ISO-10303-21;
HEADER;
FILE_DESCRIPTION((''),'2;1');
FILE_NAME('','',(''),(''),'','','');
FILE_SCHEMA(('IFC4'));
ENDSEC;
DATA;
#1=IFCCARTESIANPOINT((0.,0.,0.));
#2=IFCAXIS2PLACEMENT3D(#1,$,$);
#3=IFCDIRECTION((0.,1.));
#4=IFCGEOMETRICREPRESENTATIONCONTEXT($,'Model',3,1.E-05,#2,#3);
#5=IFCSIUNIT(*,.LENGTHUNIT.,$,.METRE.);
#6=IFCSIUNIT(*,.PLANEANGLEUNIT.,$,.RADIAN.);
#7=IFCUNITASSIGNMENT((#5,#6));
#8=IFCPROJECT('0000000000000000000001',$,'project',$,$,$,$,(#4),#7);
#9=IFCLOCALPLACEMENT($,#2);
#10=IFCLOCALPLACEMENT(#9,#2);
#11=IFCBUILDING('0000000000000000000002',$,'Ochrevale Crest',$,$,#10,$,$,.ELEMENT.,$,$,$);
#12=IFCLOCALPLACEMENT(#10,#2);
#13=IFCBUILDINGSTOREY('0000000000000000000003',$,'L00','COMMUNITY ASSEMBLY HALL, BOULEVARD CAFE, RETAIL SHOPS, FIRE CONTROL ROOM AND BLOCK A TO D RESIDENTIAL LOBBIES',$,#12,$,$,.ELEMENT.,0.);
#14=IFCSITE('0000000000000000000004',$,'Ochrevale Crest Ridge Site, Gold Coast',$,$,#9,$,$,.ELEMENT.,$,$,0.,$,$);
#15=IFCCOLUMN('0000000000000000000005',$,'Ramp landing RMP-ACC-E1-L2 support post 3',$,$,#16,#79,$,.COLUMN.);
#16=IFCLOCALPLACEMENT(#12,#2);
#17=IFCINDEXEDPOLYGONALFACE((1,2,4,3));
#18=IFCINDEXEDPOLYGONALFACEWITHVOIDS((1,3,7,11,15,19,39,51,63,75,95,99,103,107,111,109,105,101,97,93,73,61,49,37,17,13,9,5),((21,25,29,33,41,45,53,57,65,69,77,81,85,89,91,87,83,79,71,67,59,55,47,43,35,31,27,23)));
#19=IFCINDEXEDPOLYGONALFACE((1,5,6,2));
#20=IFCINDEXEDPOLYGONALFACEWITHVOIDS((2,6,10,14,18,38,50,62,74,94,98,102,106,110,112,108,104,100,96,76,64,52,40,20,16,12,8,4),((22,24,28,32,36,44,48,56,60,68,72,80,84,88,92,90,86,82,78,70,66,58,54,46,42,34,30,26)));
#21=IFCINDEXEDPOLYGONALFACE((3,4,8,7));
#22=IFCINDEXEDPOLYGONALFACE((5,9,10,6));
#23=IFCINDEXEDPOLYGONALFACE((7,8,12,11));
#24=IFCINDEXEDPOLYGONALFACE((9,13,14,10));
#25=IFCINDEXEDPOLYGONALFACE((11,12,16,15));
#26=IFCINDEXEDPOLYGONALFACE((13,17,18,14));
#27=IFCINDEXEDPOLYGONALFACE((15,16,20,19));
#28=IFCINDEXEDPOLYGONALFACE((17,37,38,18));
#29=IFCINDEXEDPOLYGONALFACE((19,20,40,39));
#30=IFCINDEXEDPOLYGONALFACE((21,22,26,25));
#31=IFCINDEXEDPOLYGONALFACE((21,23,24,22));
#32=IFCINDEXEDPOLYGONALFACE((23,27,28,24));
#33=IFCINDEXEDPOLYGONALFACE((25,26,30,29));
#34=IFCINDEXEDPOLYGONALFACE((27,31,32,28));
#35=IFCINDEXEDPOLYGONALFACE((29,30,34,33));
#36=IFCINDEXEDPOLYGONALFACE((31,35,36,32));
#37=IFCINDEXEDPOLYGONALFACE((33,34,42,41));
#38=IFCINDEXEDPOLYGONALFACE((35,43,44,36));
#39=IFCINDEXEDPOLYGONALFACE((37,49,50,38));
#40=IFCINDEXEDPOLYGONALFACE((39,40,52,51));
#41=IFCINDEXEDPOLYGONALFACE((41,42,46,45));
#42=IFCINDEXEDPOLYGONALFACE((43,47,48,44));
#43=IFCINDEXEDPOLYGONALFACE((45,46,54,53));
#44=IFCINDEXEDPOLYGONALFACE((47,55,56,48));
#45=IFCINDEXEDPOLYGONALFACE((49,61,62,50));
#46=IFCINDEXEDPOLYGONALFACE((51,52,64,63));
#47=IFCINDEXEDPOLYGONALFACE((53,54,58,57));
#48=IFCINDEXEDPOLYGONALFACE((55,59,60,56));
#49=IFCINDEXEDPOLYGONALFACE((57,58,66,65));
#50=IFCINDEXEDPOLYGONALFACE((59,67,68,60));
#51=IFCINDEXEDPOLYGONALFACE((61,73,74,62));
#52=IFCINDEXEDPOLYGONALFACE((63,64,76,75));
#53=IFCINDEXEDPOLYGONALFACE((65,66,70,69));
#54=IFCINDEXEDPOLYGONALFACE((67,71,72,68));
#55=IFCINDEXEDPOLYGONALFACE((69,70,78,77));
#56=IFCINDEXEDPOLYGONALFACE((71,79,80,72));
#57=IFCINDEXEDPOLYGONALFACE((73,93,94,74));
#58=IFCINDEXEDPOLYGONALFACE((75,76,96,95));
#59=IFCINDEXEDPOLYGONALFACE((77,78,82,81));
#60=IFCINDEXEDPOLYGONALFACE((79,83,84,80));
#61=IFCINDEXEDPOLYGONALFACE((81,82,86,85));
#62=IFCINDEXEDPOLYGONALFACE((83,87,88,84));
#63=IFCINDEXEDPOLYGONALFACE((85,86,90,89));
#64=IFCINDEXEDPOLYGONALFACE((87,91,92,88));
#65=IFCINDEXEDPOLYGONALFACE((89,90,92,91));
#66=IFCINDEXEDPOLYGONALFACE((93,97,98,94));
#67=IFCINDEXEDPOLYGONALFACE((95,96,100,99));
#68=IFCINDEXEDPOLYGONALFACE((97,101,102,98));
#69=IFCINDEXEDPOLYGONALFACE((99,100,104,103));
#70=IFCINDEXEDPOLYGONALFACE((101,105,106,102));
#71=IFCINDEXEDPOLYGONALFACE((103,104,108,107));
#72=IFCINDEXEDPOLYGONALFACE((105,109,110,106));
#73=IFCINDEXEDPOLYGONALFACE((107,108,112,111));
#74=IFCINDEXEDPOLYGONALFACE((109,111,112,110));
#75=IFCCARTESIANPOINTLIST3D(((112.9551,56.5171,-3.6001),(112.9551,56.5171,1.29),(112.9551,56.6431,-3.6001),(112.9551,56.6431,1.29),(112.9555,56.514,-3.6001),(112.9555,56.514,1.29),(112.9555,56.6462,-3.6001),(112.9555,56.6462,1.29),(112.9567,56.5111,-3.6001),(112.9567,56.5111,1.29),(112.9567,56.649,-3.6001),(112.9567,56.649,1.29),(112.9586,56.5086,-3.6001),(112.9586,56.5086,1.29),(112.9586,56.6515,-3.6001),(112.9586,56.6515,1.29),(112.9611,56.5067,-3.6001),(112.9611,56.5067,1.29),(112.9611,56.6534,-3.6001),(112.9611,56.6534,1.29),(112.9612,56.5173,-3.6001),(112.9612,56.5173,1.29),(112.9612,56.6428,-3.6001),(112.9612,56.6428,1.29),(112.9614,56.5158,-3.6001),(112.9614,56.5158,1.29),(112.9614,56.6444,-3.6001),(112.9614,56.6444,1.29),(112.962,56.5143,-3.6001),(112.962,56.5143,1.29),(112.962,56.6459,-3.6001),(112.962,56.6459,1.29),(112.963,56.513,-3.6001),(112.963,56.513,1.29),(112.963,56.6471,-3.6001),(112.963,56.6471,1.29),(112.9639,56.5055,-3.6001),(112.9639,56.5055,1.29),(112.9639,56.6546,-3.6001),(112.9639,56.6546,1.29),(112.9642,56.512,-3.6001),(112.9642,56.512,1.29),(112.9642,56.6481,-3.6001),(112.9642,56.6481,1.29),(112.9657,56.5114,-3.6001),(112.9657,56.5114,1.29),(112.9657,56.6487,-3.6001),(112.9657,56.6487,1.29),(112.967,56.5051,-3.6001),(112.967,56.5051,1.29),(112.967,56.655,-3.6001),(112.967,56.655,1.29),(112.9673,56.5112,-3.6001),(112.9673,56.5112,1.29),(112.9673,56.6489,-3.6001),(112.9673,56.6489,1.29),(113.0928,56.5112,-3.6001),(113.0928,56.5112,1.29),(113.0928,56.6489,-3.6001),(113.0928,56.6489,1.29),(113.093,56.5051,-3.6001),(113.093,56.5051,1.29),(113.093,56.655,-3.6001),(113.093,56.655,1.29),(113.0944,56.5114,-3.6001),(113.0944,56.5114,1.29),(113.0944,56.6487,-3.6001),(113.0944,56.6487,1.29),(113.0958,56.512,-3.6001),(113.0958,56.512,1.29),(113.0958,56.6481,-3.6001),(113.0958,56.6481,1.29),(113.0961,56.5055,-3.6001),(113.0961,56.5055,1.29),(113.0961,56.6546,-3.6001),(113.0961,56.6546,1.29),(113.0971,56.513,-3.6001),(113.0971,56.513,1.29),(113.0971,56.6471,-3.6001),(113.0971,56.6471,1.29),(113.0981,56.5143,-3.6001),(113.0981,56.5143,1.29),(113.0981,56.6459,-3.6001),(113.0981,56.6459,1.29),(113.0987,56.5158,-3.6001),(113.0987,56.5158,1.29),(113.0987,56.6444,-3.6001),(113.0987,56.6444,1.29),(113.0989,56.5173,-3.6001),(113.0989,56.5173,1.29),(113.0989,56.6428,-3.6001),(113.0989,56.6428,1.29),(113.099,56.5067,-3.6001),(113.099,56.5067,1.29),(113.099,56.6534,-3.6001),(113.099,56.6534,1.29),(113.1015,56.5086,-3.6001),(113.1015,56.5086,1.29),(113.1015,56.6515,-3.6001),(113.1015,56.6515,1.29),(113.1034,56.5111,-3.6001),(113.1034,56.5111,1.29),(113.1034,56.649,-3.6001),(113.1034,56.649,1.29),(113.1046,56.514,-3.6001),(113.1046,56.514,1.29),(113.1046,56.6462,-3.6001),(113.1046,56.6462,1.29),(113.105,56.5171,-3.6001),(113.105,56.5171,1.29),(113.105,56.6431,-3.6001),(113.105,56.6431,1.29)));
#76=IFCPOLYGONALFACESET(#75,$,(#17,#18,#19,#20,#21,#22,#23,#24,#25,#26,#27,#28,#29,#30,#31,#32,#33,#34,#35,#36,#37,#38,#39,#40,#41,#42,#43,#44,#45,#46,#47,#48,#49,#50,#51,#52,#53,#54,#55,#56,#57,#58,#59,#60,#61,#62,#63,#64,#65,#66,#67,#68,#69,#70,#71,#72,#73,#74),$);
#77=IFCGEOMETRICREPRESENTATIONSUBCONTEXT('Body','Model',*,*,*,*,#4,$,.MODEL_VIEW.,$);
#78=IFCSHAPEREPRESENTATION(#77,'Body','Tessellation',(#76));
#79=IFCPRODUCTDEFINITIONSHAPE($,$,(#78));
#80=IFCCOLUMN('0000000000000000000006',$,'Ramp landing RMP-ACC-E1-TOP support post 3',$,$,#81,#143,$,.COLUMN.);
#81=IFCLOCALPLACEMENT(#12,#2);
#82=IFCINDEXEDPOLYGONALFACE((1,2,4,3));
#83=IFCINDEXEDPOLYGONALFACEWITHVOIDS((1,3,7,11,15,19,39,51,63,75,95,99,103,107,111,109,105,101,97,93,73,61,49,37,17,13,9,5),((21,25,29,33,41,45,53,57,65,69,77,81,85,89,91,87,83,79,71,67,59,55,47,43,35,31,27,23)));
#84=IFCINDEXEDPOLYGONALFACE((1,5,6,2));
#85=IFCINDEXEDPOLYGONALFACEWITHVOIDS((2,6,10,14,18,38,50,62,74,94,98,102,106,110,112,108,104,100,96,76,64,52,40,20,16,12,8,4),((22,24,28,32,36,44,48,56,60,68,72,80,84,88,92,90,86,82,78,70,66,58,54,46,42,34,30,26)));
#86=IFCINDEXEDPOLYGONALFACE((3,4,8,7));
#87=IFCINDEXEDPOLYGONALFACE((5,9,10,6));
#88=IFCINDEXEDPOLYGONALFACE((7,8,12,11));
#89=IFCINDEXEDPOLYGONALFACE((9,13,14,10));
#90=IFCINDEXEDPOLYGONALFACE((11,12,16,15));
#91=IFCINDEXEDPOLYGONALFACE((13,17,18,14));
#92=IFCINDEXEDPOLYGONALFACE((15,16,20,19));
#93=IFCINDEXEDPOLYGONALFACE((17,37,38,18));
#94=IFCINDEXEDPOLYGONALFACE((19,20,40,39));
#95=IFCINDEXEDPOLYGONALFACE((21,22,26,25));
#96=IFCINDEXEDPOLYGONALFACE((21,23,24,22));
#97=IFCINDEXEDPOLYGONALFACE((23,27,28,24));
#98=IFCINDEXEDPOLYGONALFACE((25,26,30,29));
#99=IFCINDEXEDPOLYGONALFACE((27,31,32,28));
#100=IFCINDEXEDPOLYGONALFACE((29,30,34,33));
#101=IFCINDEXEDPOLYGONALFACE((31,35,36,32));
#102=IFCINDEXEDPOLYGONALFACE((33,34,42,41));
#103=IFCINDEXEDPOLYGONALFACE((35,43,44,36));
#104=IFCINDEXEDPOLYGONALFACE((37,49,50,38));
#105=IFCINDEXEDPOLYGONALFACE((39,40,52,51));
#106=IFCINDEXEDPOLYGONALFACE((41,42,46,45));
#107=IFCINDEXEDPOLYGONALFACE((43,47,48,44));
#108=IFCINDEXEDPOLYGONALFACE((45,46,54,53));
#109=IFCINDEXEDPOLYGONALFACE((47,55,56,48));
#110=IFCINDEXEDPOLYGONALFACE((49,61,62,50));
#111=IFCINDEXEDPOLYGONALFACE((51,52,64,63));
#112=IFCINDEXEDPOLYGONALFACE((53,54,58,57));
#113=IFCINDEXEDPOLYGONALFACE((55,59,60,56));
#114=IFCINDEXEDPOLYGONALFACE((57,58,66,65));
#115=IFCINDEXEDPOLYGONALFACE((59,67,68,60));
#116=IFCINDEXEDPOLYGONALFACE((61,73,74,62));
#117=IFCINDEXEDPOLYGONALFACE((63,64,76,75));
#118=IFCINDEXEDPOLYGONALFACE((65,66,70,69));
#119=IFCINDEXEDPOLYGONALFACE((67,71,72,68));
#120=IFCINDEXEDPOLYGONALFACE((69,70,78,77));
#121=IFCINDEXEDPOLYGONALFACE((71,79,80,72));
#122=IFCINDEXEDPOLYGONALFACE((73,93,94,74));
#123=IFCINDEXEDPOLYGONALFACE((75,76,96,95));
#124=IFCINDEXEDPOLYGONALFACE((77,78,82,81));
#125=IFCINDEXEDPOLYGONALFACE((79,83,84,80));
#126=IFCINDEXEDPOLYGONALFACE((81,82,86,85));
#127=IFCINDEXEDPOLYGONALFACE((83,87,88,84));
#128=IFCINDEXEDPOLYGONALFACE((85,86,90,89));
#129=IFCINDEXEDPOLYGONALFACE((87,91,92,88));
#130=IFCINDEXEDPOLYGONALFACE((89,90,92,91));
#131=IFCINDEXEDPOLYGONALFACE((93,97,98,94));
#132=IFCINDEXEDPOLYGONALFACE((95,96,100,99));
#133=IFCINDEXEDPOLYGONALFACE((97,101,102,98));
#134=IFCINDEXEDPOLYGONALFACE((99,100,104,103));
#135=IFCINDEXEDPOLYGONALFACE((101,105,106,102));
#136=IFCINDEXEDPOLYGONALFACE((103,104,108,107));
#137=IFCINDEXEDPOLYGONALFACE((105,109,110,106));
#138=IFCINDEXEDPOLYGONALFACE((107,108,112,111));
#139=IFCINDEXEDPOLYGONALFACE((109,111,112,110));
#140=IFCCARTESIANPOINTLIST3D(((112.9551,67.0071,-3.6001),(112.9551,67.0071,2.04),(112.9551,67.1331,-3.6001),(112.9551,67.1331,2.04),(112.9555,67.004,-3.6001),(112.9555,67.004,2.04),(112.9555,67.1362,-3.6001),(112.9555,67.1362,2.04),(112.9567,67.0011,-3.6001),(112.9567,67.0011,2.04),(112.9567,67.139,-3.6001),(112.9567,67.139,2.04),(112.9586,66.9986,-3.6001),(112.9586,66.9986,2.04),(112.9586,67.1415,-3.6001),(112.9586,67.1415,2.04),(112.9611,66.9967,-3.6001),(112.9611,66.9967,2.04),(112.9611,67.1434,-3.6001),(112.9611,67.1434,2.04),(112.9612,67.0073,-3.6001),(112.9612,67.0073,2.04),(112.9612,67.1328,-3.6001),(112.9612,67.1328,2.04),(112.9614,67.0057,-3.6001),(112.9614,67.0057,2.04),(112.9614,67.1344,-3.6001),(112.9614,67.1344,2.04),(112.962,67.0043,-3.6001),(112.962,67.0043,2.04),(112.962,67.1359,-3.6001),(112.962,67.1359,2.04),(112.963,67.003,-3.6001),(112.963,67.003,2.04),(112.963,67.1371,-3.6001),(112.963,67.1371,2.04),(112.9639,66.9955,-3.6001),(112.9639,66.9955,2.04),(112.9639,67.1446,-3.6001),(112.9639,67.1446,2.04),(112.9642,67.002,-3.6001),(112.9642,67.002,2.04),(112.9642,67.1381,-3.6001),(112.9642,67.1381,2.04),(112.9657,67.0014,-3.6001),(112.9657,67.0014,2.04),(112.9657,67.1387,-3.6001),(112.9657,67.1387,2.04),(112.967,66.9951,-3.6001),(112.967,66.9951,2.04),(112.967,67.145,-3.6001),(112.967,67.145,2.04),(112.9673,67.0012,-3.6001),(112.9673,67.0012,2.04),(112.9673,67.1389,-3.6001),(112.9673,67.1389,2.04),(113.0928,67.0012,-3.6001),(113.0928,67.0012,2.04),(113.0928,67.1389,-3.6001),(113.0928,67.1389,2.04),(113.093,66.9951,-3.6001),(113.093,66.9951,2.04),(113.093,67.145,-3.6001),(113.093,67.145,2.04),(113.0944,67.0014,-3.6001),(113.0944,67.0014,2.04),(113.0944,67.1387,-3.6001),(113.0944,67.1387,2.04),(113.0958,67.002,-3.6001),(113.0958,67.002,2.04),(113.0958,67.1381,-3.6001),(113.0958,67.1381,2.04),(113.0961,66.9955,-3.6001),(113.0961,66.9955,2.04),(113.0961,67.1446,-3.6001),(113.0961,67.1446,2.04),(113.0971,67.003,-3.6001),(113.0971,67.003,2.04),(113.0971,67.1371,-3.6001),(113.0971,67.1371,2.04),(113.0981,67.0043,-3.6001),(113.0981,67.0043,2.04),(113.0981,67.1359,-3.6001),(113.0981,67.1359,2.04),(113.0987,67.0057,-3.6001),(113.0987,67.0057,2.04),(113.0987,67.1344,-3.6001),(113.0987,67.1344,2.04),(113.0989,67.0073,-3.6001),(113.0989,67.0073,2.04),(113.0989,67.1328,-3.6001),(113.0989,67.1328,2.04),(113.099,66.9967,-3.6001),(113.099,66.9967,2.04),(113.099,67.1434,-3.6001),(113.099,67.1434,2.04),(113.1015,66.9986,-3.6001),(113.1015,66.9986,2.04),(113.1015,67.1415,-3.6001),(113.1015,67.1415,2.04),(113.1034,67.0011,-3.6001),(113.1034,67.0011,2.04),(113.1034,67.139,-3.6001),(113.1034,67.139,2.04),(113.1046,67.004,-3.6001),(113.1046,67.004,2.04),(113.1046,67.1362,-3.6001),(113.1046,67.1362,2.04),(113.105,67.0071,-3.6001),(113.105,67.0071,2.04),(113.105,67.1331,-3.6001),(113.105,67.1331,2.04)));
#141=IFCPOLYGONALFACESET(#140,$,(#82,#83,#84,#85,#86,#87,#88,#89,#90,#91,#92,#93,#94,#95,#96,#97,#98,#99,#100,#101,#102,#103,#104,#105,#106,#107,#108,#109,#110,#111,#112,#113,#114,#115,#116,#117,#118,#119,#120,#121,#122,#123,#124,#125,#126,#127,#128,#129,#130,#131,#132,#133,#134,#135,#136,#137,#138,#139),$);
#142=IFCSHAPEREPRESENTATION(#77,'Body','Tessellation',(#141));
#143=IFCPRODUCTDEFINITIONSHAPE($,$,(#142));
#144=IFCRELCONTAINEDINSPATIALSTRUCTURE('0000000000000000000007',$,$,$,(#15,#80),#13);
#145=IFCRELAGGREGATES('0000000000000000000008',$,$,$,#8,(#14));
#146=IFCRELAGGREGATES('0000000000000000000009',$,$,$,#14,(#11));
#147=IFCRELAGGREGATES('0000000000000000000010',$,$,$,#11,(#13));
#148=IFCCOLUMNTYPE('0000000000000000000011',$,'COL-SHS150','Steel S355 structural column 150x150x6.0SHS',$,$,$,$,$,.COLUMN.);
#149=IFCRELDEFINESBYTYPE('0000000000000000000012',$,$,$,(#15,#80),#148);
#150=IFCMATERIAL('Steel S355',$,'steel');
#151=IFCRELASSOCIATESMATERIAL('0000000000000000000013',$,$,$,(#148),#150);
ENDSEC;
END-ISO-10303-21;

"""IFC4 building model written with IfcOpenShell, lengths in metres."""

from ifc_helpers import new_model, si_unit, direction, frame, origin, origin_2d, place, context, subcontext, project, spatial, hollow_rectangle, extrude, material, material_profile, profile_set, type_object, element, save


model = new_model("IFC4")

# Units and contexts
model_context = context("Model", 3, precision=1e-05, world=origin(), true_north=direction((0.0, 1.0)))
body_context = subcontext(model_context, "Body", "Model", "MODEL_VIEW")
ifc_project = project(units=[si_unit("LENGTHUNIT", "METRE"), si_unit("PLANEANGLEUNIT", "RADIAN")], contexts=[model_context])

# Site, building, storey
site_placement = place(None, origin())
site = spatial("IfcSite", under=ifc_project, at=site_placement, Name="Ochrevale Crest Ridge Site, Gold Coast", CompositionType="ELEMENT", RefElevation=0.0)
building_placement = place(site_placement, origin())
building = spatial("IfcBuilding", under=site, at=building_placement, Name="Ochrevale Crest", CompositionType="ELEMENT")
storey_placement = place(building_placement, origin())
storey = spatial("IfcBuildingStorey", under=building, at=storey_placement, Name="L00", Description="COMMUNITY ASSEMBLY HALL, BOULEVARD CAFE, RETAIL SHOPS, FIRE CONTROL ROOM AND BLOCK A TO D RESIDENTIAL LOBBIES", CompositionType="ELEMENT", Elevation=0.0)

# Columns
ifc_material_1 = material(Name="Steel S355", Category="steel")
ifc_material_profile_1 = material_profile(ifc_material_1, hollow_rectangle(XDim=0.1499, YDim=0.1499, WallThickness=0.0061, InnerFilletRadius=0.0061, OuterFilletRadius=0.012, at=origin_2d()), Name="150x150x6.0SHS")
ifc_profile_set_1 = profile_set([ifc_material_profile_1], Name="Steel S355")
column_type_1 = type_object("IfcColumnType", Name="COL-SHS150", Description="Steel S355 structural column 150x150x6.0SHS", PredefinedType="COLUMN", material=ifc_profile_set_1)
for number, where, z_axis, x_axis, name in (
    (1, (113.03, 56.5801, -3.6001), (0.0, 0.0, 1.0), (1.0, 0.0, 0.0), "Ramp landing RMP-ACC-E1-L2 support post 3"),
):
    element("IfcColumn", number, at=place(storey_placement, frame(where, z_axis=z_axis, x_axis=x_axis)), inside=storey, type_object=column_type_1, Name=name, PredefinedType="COLUMN", context=body_context, shape_type="SweptSolid", body=[
        extrude(hollow_rectangle(XDim=0.1499, YDim=0.1499, WallThickness=0.0061, InnerFilletRadius=0.0061, OuterFilletRadius=0.012, at=origin_2d()), origin(), (0.0, 0.0, 1.0), 4.8901),
    ])
column_1_placement = place(storey_placement, frame((113.03, 67.0701, -3.6001), z_axis=(0.0, 0.0, 1.0), x_axis=(1.0, 0.0, 0.0)))
element("IfcColumn", 2, at=column_1_placement, inside=storey, type_object=column_type_1, Name="Ramp landing RMP-ACC-E1-TOP support post 3", PredefinedType="COLUMN", context=body_context, shape_type="SweptSolid", body=[
    extrude(hollow_rectangle(XDim=0.1499, YDim=0.1499, WallThickness=0.0061, InnerFilletRadius=0.0061, OuterFilletRadius=0.012, at=origin_2d()), origin(), (0.0, 0.0, 1.0), 5.6401),
])

save(model, "model.ifc")
